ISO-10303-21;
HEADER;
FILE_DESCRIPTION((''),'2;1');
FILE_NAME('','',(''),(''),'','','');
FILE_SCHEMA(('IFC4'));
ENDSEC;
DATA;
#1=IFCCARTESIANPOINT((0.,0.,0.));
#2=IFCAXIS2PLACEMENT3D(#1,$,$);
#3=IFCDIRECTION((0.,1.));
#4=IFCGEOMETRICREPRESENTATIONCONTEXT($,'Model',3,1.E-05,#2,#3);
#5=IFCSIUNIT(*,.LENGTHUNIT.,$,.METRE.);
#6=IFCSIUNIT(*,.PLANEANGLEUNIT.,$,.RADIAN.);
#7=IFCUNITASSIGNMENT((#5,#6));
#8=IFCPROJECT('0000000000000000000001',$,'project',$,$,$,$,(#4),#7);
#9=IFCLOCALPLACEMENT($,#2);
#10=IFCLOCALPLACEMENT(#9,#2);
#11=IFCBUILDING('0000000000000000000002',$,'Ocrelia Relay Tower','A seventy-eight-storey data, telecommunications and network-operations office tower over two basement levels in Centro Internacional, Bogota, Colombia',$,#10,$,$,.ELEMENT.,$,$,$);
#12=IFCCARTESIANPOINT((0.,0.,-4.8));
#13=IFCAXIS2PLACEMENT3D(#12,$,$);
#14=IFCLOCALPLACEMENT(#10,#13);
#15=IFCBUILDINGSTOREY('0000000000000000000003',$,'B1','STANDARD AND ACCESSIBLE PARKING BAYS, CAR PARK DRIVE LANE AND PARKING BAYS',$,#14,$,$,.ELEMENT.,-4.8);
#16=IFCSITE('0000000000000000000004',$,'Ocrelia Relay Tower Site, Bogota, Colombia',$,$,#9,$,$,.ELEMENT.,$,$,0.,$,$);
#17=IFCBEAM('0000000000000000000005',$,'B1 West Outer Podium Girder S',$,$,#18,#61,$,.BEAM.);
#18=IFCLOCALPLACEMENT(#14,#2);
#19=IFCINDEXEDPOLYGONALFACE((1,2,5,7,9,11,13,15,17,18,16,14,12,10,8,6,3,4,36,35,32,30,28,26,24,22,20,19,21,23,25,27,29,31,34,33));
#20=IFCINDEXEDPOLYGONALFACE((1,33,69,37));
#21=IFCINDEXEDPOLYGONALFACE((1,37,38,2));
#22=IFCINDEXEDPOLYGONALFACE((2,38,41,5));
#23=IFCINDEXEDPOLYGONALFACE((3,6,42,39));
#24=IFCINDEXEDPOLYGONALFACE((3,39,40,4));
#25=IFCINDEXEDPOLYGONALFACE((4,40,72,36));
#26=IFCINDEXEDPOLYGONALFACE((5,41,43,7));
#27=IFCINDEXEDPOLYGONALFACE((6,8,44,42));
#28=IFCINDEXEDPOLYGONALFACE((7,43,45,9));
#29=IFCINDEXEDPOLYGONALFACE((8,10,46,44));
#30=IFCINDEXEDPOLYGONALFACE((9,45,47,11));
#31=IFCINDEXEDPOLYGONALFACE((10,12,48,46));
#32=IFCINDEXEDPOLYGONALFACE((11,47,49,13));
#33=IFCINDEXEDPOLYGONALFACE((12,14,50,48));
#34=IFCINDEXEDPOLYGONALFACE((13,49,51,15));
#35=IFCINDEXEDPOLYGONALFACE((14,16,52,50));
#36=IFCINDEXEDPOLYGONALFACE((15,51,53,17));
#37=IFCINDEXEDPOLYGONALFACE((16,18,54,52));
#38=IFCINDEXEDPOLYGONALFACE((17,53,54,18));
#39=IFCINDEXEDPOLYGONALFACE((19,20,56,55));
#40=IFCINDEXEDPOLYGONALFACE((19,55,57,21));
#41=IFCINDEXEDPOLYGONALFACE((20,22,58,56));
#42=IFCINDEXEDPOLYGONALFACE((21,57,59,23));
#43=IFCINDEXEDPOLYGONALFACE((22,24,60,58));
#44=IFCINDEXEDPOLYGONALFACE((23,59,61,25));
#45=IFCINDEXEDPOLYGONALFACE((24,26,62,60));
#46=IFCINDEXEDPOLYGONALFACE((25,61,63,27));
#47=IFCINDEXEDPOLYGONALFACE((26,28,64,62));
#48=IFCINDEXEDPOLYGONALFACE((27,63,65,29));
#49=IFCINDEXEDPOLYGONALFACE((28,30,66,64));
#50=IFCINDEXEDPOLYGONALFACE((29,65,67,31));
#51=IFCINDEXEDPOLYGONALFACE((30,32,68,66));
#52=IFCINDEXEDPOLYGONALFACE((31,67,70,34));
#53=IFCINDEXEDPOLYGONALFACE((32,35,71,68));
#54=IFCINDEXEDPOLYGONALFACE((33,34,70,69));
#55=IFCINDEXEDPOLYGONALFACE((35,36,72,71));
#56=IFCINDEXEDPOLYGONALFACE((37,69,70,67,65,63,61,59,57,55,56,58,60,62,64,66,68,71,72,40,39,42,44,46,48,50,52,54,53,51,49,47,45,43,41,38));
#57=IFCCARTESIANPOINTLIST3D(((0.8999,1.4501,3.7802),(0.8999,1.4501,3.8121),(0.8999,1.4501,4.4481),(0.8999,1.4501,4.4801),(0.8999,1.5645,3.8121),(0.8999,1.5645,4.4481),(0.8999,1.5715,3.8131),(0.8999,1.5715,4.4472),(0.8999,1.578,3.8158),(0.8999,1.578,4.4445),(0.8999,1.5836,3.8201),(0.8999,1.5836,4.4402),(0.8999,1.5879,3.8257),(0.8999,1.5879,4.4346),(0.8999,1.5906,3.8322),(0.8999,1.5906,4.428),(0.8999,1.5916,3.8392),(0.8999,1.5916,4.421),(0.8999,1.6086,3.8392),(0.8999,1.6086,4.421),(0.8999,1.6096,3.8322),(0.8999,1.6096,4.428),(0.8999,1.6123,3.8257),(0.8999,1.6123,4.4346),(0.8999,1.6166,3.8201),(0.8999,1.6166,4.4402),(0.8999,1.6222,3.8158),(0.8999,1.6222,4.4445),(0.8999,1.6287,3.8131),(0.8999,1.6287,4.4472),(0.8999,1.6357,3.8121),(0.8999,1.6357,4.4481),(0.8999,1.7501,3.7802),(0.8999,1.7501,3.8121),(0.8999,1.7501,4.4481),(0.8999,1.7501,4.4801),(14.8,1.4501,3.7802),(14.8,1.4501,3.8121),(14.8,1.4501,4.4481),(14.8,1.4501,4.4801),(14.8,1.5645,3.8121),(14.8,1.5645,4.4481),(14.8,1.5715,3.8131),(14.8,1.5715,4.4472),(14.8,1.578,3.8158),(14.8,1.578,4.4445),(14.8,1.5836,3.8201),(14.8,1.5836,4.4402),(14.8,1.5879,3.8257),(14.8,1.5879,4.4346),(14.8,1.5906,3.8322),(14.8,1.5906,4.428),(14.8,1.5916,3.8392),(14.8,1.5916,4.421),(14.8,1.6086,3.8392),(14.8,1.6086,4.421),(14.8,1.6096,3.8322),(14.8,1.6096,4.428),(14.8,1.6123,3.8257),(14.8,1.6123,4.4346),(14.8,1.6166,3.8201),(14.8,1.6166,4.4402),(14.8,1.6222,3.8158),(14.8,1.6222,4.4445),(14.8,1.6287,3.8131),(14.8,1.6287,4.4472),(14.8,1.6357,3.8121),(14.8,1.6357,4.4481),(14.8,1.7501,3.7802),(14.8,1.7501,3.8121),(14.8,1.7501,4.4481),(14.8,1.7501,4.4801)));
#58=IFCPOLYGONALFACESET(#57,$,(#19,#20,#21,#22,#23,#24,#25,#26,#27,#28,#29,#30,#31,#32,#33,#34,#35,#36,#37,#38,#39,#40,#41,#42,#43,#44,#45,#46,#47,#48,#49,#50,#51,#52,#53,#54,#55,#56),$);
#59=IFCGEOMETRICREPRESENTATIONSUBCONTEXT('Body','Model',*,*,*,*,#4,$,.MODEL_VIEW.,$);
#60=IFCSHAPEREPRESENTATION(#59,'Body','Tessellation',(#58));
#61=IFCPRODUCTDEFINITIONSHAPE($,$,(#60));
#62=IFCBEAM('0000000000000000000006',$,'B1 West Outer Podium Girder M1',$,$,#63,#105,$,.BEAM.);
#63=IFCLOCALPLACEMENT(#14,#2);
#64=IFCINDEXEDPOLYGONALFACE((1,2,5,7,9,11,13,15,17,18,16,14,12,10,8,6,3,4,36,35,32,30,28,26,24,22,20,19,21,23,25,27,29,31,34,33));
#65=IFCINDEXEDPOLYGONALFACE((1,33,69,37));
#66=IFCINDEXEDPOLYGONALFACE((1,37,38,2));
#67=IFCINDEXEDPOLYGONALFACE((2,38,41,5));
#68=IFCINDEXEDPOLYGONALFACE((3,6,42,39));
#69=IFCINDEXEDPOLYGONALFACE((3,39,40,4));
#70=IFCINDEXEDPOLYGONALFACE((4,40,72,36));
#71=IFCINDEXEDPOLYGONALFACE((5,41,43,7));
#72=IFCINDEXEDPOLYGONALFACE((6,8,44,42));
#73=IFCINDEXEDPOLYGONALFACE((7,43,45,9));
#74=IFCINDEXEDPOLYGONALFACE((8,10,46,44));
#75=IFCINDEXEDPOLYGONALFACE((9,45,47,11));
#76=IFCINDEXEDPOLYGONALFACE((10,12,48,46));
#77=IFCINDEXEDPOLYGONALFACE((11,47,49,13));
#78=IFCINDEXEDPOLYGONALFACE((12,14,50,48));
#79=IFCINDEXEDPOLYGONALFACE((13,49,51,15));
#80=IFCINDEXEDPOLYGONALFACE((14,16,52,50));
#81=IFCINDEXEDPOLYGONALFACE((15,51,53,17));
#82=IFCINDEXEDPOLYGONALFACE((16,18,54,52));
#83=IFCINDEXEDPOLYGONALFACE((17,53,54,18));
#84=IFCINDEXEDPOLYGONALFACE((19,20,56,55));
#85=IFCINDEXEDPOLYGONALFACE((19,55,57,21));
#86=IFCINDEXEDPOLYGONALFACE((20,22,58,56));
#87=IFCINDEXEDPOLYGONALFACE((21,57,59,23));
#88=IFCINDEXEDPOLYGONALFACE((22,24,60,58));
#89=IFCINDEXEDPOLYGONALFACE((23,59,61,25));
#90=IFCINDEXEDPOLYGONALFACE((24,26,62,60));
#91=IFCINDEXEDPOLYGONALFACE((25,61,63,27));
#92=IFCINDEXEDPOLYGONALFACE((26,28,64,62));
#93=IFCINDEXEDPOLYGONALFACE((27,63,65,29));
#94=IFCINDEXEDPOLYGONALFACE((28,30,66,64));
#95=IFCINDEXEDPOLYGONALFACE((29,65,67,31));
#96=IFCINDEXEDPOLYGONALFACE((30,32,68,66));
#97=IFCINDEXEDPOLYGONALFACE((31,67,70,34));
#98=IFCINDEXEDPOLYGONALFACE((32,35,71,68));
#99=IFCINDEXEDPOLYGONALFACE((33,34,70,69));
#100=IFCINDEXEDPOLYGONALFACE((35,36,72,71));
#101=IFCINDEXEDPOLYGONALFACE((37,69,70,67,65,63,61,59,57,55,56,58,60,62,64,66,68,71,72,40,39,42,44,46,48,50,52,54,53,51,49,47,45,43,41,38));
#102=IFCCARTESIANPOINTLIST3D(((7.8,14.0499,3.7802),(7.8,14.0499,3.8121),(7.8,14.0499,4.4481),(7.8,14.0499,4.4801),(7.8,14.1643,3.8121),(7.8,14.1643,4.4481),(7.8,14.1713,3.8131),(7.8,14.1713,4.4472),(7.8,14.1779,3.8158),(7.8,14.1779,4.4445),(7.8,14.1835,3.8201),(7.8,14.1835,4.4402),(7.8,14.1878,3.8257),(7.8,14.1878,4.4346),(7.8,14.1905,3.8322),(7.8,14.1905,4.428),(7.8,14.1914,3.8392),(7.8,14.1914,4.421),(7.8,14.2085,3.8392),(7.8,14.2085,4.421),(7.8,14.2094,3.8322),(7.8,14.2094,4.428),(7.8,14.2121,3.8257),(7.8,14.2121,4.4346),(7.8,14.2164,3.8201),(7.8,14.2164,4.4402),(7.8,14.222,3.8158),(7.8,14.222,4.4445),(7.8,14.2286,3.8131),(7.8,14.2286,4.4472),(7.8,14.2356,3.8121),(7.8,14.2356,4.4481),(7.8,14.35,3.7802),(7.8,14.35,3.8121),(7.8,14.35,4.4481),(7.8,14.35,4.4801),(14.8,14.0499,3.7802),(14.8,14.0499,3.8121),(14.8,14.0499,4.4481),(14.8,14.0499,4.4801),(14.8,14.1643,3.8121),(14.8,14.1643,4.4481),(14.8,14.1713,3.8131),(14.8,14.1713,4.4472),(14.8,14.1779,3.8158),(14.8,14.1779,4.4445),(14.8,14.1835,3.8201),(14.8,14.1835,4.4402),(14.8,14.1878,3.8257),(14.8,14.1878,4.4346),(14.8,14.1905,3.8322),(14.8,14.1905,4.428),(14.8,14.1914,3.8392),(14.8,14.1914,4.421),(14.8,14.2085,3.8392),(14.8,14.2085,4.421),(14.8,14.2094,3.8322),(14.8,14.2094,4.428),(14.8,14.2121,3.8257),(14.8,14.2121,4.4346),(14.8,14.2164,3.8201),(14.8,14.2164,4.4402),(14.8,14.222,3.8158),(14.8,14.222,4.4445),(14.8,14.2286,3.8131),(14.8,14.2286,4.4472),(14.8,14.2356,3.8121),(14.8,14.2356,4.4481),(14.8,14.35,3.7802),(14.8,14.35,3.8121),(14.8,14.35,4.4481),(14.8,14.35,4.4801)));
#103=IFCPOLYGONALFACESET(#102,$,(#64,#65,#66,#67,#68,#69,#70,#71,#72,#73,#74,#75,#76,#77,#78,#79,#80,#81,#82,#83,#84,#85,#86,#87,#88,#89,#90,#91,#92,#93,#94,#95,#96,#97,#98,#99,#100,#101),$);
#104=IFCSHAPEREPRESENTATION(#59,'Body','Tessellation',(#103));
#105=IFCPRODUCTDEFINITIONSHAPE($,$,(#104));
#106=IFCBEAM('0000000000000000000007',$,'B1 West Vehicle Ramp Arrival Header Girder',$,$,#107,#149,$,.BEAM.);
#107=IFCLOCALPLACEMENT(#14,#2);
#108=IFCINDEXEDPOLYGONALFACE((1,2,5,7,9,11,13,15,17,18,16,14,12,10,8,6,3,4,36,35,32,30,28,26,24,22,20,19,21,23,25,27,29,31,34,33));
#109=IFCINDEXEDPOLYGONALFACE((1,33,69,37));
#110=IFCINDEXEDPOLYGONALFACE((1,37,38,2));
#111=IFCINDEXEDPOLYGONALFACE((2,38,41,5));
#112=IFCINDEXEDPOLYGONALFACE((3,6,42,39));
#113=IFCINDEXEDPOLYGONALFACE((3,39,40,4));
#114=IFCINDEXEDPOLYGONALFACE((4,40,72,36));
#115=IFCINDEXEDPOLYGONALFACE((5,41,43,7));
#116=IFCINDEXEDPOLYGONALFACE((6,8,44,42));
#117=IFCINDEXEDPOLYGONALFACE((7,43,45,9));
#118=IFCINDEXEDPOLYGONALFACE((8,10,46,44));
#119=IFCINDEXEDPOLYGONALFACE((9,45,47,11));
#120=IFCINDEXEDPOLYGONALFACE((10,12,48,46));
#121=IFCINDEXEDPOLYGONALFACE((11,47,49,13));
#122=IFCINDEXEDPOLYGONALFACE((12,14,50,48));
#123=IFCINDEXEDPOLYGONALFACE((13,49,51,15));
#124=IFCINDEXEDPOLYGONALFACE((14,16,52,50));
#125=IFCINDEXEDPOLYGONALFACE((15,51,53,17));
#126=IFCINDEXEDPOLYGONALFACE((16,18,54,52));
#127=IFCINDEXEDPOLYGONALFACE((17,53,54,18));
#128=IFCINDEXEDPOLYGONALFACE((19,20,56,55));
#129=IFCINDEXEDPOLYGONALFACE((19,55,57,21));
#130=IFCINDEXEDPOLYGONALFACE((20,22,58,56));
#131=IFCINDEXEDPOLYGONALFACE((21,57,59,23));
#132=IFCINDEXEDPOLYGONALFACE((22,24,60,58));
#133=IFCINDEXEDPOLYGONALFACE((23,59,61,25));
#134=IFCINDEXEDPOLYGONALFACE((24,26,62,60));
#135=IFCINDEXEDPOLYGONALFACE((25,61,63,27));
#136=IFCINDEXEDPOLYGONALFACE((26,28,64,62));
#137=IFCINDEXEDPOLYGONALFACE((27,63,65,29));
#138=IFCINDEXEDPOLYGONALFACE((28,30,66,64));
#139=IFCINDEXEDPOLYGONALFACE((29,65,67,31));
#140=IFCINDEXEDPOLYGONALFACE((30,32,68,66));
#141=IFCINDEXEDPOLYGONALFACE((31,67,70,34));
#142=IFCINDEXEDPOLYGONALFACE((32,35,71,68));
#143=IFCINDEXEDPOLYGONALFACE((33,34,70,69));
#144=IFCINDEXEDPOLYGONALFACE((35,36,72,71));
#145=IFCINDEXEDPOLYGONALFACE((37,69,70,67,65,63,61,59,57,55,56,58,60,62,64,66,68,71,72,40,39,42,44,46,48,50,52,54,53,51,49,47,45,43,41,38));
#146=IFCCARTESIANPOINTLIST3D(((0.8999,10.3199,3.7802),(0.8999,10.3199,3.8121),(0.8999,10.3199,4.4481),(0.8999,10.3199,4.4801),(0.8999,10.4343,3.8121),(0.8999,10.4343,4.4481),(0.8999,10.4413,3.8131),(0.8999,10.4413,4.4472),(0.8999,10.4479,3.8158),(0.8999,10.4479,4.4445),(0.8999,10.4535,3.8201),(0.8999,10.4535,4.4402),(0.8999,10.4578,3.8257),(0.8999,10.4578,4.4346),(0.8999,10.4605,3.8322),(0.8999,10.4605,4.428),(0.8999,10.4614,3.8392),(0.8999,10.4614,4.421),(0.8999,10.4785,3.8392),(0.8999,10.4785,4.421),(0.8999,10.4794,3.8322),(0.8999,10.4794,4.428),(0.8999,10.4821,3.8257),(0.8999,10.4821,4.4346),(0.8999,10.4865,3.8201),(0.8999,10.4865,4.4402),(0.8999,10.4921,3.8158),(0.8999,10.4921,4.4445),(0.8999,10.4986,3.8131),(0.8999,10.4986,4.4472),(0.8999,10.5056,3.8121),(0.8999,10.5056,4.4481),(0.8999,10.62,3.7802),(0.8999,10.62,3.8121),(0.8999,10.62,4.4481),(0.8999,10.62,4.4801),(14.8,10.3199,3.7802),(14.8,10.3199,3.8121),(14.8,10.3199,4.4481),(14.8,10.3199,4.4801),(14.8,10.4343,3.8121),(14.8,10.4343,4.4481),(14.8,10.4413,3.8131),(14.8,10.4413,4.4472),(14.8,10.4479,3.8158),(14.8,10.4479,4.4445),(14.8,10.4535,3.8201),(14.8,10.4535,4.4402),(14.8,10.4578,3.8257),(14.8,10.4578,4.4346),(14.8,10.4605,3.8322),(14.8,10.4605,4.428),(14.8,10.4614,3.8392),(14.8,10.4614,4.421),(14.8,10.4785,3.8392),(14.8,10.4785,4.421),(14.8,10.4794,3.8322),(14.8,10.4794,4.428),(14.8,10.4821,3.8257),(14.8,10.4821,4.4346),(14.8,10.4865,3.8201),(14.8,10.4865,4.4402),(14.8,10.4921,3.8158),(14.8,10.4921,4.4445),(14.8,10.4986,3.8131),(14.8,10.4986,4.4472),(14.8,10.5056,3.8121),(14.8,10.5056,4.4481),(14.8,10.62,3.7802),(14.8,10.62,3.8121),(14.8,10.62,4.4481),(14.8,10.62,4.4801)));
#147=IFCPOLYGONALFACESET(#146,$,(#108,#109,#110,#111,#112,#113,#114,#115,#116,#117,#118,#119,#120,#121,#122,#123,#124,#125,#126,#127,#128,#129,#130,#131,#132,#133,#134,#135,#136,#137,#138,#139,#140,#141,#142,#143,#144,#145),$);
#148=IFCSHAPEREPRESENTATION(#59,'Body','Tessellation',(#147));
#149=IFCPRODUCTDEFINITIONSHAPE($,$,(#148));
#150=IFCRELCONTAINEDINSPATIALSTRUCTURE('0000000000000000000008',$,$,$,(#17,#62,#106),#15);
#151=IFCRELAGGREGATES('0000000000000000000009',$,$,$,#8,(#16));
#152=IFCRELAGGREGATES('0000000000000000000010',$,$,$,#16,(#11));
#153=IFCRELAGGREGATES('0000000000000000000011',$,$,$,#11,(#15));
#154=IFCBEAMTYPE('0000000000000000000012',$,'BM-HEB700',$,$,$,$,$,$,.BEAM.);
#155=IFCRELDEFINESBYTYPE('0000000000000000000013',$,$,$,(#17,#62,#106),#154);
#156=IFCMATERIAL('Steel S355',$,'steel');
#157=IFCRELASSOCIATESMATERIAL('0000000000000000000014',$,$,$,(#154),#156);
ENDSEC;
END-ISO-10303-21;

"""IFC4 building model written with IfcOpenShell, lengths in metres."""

from ifc_helpers import new_model, si_unit, direction, frame, origin, origin_2d, place, context, subcontext, project, spatial, i_section, extrude, material, material_profile, profile_set, type_object, element, save


model = new_model("IFC4")

# Units and contexts
model_context = context("Model", 3, precision=1e-05, world=origin(), true_north=direction((0.0, 1.0)))
body_context = subcontext(model_context, "Body", "Model", "MODEL_VIEW")
ifc_project = project(units=[si_unit("LENGTHUNIT", "METRE"), si_unit("PLANEANGLEUNIT", "RADIAN")], contexts=[model_context])

# Site, building, storey
site_placement = place(None, origin())
site = spatial("IfcSite", under=ifc_project, at=site_placement, Name="Ocrelia Relay Tower Site, Bogota, Colombia", CompositionType="ELEMENT", RefElevation=0.0)
building_placement = place(site_placement, origin())
building = spatial("IfcBuilding", under=site, at=building_placement, Name="Ocrelia Relay Tower", Description="A seventy-eight-storey data, telecommunications and network-operations office tower over two basement levels in Centro Internacional, Bogota, Colombia", CompositionType="ELEMENT")
storey_placement = place(building_placement, frame((0.0, 0.0, -4.8)))
storey = spatial("IfcBuildingStorey", under=building, at=storey_placement, Name="B1", Description="STANDARD AND ACCESSIBLE PARKING BAYS, CAR PARK DRIVE LANE AND PARKING BAYS", CompositionType="ELEMENT", Elevation=-4.8)

# Beams
ifc_material_1 = material(Name="Steel S355", Category="steel")
ifc_material_profile_1 = material_profile(ifc_material_1, i_section(OverallWidth=0.3, OverallDepth=0.7, WebThickness=0.0171, FlangeThickness=0.032, FilletRadius=0.0271, at=origin_2d()), Name="HEB 700")
ifc_profile_set_1 = profile_set([ifc_material_profile_1], Name="Steel S355")
beam_type_1 = type_object("IfcBeamType", Name="BM-HEB700", PredefinedType="BEAM", material=ifc_profile_set_1)
beam_1_placement = place(storey_placement, frame((0.8999, 1.6001, 4.1301), z_axis=(1.0, 0.0, 0.0), x_axis=(0.0, 1.0, 0.0)))
element("IfcBeam", 1, at=beam_1_placement, inside=storey, type_object=beam_type_1, Name="B1 West Outer Podium Girder S", PredefinedType="BEAM", context=body_context, shape_type="SweptSolid", body=[
    extrude(i_section(OverallWidth=0.3, OverallDepth=0.7, WebThickness=0.0171, FlangeThickness=0.032, FilletRadius=0.0271, at=origin_2d()), origin(), (0.0, 0.0, 1.0), 13.9001),
])
beam_2_placement = place(storey_placement, frame((7.8, 14.2, 4.1301), z_axis=(1.0, 0.0, 0.0), x_axis=(0.0, 1.0, 0.0)))
element("IfcBeam", 2, at=beam_2_placement, inside=storey, type_object=beam_type_1, Name="B1 West Outer Podium Girder M1", PredefinedType="BEAM", context=body_context, shape_type="SweptSolid", body=[
    extrude(i_section(OverallWidth=0.3, OverallDepth=0.7, WebThickness=0.0171, FlangeThickness=0.032, FilletRadius=0.0271, at=origin_2d()), origin(), (0.0, 0.0, 1.0), 7.0),
])
beam_3_placement = place(storey_placement, frame((0.8999, 10.47, 4.1301), z_axis=(1.0, 0.0, 0.0), x_axis=(0.0, 1.0, 0.0)))
element("IfcBeam", 3, at=beam_3_placement, inside=storey, type_object=beam_type_1, Name="B1 West Vehicle Ramp Arrival Header Girder", PredefinedType="BEAM", context=body_context, shape_type="SweptSolid", body=[
    extrude(i_section(OverallWidth=0.3, OverallDepth=0.7, WebThickness=0.0171, FlangeThickness=0.032, FilletRadius=0.0271, at=origin_2d()), origin(), (0.0, 0.0, 1.0), 13.9001),
])

save(model, "model.ifc")
